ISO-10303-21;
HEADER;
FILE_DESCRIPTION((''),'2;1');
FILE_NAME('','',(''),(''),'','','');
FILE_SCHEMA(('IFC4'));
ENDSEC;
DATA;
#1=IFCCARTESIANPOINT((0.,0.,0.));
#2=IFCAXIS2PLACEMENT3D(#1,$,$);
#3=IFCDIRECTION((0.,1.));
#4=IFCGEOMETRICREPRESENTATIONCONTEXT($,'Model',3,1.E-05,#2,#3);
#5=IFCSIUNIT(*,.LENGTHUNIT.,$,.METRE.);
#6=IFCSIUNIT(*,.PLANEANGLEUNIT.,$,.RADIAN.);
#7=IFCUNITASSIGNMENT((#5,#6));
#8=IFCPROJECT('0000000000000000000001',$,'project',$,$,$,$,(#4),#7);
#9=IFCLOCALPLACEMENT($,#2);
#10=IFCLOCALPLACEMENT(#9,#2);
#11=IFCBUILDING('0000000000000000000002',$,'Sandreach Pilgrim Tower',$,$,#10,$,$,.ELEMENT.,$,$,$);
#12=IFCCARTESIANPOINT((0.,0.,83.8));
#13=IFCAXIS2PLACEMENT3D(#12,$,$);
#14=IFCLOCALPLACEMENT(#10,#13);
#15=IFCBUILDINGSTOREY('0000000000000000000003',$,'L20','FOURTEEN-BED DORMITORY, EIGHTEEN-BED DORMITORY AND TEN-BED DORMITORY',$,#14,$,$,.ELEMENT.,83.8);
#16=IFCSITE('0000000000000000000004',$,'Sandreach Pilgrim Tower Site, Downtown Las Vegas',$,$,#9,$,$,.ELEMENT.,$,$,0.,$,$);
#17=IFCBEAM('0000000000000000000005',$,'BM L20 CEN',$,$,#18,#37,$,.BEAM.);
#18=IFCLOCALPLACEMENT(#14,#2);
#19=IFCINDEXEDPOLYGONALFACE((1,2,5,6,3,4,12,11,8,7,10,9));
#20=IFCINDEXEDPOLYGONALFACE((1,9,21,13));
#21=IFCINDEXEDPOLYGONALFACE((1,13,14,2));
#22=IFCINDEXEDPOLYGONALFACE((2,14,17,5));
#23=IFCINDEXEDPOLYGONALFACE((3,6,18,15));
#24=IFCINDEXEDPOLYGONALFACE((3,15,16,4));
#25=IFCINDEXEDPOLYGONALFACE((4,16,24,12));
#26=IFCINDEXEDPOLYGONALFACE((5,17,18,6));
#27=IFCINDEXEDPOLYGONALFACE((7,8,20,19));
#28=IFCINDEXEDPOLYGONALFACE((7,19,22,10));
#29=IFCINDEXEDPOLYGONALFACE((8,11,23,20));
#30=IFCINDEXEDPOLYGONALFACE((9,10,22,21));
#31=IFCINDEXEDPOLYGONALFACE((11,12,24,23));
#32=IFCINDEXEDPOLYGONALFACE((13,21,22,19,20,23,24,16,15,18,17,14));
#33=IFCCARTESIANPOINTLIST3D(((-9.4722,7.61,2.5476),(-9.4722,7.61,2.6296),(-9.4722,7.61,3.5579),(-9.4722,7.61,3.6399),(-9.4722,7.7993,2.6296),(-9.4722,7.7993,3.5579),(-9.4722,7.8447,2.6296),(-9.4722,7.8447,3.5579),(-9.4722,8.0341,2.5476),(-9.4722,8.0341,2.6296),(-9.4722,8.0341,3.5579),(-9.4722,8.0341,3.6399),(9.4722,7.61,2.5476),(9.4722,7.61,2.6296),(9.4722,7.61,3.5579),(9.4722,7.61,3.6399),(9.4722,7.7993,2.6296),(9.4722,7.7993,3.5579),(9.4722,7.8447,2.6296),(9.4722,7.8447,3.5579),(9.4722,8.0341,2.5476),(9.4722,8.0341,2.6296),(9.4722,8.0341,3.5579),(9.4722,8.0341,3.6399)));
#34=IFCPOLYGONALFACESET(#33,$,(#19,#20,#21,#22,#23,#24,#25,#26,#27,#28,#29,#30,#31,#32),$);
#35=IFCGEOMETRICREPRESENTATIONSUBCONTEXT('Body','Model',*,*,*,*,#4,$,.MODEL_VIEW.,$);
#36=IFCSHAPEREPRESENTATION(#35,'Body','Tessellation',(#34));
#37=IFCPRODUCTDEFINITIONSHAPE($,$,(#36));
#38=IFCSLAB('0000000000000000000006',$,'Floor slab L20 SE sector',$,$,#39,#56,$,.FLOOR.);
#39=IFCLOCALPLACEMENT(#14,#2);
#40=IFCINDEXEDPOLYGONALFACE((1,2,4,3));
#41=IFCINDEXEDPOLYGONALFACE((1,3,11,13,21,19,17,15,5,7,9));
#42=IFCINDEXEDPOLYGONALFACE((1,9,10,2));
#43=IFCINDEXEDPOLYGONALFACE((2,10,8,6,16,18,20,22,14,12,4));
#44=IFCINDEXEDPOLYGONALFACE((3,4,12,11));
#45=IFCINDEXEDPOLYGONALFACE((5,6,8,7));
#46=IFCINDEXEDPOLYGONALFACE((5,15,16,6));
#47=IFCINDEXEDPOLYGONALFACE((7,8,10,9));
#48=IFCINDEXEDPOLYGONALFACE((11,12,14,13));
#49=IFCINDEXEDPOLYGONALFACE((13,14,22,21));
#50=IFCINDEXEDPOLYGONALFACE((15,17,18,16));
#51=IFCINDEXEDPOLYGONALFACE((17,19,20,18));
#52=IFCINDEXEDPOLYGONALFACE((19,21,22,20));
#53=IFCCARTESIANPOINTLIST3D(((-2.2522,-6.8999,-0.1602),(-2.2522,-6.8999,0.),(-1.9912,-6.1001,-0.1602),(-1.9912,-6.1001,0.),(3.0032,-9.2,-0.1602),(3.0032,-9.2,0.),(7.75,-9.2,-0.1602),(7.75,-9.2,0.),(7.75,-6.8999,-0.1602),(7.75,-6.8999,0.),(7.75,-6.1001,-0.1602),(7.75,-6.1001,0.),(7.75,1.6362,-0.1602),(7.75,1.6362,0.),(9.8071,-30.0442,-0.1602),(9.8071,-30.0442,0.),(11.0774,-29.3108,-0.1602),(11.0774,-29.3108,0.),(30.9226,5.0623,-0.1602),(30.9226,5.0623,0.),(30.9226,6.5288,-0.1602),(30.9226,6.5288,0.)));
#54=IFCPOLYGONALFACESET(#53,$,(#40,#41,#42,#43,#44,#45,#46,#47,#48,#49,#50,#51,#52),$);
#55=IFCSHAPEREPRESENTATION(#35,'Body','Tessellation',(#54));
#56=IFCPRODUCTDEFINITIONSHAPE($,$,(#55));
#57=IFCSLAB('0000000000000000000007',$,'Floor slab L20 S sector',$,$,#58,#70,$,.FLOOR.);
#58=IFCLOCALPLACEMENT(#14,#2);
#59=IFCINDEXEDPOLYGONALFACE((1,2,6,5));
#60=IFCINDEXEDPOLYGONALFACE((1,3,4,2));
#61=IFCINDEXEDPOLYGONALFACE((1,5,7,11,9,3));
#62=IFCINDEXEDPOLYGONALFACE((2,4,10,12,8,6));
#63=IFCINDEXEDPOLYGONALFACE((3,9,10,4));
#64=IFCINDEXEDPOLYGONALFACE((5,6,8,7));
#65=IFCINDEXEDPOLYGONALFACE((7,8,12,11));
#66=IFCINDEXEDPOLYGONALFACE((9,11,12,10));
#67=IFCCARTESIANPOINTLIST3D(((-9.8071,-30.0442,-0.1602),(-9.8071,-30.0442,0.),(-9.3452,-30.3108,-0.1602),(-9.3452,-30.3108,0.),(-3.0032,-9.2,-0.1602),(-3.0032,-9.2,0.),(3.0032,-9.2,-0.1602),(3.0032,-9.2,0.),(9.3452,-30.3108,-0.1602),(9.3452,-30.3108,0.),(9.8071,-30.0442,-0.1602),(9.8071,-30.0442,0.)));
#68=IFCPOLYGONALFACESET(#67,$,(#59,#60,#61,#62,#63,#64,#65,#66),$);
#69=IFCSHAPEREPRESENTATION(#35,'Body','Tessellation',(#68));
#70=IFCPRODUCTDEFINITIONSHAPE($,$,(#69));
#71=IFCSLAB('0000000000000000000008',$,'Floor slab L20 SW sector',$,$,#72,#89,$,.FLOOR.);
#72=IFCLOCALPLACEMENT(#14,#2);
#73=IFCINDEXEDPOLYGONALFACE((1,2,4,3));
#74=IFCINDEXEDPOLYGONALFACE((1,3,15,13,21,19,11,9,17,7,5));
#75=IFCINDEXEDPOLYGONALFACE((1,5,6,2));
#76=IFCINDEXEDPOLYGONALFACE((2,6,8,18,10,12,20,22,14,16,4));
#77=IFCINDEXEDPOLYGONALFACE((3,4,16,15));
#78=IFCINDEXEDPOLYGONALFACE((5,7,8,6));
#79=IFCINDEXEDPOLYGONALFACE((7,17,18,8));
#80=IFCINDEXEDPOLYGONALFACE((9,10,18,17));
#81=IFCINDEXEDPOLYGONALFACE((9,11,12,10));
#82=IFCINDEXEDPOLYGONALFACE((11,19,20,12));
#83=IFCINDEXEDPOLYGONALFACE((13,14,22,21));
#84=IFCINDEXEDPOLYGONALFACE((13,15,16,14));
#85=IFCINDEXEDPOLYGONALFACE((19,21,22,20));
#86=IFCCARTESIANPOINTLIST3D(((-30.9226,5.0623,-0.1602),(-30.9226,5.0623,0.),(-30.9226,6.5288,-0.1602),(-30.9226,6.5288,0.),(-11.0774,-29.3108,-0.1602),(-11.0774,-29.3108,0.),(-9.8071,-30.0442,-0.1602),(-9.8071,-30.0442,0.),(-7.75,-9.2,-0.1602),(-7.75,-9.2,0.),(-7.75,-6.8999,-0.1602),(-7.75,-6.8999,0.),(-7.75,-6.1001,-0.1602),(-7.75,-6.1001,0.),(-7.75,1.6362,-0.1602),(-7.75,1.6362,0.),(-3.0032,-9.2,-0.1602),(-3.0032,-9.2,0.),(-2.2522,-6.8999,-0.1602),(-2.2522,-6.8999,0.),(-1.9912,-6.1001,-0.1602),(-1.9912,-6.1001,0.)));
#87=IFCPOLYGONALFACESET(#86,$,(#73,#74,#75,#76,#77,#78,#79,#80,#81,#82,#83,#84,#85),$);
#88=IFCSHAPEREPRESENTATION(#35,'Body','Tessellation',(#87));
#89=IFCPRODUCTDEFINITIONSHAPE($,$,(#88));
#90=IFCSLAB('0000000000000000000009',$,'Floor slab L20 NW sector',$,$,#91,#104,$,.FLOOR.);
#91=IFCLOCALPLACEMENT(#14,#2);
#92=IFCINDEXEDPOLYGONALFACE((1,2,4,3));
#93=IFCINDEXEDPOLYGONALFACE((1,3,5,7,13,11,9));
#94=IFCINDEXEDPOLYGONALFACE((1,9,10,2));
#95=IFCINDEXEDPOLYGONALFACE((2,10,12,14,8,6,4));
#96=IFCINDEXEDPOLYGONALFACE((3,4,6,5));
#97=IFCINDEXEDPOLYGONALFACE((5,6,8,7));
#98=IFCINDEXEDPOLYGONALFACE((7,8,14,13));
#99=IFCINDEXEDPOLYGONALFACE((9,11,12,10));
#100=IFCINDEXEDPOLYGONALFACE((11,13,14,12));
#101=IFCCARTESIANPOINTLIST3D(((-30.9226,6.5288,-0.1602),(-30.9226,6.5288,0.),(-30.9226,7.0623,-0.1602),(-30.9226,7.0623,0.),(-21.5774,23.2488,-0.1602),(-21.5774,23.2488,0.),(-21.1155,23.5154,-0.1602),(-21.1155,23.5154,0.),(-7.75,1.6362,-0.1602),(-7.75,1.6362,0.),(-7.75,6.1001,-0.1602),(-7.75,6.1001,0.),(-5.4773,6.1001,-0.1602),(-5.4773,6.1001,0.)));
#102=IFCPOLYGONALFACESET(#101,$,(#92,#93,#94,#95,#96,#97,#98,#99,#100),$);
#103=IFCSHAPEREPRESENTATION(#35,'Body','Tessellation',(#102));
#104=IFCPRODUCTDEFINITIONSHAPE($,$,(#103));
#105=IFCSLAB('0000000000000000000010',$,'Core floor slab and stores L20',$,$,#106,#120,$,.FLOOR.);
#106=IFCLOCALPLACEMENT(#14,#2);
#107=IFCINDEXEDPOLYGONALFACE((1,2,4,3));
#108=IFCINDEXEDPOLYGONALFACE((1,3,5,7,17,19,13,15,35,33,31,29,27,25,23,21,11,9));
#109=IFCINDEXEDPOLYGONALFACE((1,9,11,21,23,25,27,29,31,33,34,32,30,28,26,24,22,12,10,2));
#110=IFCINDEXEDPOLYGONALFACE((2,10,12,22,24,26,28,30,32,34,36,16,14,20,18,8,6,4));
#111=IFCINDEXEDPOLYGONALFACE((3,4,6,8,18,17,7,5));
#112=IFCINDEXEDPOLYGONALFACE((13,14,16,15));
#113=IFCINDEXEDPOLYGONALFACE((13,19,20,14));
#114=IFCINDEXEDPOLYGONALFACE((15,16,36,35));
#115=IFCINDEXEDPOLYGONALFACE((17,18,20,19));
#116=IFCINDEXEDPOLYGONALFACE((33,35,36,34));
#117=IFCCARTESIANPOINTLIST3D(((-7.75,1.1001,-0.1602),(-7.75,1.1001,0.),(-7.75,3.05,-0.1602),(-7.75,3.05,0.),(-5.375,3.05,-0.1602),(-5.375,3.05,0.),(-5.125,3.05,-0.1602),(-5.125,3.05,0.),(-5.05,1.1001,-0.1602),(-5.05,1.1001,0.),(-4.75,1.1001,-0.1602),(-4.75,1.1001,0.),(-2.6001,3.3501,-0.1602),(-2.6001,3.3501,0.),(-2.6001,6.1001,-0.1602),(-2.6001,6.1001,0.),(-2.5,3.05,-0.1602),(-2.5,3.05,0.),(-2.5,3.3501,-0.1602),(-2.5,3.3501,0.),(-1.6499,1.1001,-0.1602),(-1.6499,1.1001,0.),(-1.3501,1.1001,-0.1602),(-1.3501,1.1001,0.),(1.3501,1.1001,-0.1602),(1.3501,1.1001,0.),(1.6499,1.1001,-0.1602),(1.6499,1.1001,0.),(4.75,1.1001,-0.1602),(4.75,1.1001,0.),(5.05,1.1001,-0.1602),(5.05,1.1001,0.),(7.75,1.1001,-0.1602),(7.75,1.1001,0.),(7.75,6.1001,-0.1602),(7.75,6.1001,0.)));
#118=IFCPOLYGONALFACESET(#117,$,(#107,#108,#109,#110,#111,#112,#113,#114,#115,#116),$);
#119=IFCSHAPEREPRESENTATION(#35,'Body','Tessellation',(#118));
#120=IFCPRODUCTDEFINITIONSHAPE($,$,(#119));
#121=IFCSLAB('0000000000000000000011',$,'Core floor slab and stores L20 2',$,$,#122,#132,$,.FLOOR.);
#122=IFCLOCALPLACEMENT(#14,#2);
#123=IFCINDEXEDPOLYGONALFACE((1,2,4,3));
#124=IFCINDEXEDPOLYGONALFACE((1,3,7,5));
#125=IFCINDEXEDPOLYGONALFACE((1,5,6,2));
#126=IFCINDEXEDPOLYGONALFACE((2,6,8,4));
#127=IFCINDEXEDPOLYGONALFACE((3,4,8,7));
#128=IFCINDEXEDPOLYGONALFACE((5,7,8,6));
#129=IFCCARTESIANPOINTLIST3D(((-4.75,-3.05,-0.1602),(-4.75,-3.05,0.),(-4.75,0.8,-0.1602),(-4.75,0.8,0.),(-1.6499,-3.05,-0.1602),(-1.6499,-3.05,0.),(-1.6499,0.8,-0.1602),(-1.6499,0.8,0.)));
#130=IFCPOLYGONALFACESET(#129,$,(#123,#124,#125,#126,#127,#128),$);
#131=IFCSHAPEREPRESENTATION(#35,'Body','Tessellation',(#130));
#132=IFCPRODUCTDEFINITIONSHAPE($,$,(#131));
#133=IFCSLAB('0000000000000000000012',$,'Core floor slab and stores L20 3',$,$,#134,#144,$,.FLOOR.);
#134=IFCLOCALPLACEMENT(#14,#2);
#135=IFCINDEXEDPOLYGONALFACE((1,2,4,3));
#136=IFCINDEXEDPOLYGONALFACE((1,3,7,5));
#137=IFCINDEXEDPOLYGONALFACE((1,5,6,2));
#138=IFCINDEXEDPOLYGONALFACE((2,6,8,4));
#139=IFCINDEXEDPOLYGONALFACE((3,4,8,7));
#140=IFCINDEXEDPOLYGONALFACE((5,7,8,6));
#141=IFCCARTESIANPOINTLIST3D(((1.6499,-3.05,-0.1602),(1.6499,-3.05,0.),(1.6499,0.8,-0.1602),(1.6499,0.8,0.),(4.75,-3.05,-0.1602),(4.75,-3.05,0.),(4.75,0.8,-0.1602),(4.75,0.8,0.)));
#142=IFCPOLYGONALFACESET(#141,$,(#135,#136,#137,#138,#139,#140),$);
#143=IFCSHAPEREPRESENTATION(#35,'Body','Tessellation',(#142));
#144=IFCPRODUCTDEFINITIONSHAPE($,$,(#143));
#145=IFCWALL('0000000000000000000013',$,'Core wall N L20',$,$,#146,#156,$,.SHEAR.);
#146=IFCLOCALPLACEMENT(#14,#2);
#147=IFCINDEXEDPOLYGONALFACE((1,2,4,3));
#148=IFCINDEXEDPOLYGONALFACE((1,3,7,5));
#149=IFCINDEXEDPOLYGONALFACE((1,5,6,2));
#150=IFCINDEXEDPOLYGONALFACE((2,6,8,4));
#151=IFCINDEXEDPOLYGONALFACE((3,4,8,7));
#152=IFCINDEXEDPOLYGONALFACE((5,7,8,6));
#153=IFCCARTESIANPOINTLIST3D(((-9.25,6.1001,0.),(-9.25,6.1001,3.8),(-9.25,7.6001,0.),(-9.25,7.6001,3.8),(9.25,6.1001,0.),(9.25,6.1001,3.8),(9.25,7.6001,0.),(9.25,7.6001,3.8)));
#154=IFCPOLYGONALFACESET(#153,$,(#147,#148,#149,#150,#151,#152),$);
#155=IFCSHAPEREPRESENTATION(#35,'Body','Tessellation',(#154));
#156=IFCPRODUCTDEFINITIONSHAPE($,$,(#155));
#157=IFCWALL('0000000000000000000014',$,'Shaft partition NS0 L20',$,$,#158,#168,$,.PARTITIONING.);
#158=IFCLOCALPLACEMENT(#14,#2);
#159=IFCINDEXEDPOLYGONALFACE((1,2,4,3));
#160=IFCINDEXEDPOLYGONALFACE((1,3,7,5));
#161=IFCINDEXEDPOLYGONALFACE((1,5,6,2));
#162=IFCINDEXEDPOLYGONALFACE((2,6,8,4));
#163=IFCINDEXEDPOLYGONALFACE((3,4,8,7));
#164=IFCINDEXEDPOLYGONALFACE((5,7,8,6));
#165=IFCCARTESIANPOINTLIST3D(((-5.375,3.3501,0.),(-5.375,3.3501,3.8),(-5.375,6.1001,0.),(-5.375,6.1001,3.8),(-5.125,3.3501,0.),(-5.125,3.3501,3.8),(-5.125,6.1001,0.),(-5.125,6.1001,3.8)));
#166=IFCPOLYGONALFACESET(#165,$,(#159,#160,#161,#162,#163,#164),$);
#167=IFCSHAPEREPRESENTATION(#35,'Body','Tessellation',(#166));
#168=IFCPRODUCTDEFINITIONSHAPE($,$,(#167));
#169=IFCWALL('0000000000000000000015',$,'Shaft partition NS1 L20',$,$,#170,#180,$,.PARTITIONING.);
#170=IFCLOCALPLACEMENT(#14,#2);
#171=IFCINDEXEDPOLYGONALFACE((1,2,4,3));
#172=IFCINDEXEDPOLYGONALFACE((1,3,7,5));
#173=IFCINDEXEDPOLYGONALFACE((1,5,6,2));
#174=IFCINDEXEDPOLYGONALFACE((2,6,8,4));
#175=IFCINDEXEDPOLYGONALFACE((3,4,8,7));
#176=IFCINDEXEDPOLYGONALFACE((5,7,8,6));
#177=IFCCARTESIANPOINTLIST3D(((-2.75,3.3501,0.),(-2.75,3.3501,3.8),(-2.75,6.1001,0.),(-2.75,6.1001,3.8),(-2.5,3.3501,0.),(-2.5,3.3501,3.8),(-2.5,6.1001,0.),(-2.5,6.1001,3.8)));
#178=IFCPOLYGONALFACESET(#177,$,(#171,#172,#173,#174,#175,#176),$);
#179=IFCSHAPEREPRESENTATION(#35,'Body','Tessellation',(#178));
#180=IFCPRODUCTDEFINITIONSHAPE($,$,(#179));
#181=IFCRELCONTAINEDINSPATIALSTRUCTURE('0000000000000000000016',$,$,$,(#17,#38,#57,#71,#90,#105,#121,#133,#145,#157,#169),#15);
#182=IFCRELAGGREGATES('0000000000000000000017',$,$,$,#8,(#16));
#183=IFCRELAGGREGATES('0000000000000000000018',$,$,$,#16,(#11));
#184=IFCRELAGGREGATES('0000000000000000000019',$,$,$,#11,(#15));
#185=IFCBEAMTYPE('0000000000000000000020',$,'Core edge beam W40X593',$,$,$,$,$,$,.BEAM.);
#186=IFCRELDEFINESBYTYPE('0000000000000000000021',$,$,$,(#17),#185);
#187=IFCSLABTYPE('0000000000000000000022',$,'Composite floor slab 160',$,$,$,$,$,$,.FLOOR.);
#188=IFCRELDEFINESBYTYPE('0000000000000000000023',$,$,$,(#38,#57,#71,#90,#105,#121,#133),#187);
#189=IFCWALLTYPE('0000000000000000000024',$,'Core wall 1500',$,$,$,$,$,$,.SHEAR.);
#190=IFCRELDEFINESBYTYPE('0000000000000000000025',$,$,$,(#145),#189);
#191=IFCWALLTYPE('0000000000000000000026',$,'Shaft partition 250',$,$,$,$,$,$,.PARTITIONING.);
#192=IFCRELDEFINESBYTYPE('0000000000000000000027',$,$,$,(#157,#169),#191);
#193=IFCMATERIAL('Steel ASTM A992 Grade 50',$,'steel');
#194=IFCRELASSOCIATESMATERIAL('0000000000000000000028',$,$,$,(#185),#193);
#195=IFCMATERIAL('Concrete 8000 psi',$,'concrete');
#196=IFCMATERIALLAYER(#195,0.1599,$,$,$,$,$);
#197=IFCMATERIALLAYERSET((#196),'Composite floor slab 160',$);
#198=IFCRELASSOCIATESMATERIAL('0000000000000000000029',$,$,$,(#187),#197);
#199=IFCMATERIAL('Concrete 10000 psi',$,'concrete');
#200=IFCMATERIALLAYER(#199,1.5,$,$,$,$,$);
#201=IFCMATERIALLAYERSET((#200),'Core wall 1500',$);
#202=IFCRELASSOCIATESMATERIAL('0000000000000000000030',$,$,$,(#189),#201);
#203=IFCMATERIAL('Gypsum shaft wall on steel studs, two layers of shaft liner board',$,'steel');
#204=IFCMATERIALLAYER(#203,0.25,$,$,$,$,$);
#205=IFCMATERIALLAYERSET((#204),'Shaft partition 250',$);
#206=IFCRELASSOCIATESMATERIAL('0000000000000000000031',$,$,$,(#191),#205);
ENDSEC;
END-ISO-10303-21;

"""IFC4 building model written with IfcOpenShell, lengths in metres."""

from ifc_helpers import new_model, si_unit, direction, frame, frame_2d, origin, origin_2d, place, context, subcontext, project, spatial, polyline, rectangle, i_section, outline, extrude, material, layer, layer_set, material_profile, profile_set, type_object, element, save


model = new_model("IFC4")

# Units and contexts
model_context = context("Model", 3, precision=1e-05, world=origin(), true_north=direction((0.0, 1.0)))
body_context = subcontext(model_context, "Body", "Model", "MODEL_VIEW")
ifc_project = project(units=[si_unit("LENGTHUNIT", "METRE"), si_unit("PLANEANGLEUNIT", "RADIAN")], contexts=[model_context])

# Site, building, storey
site_placement = place(None, origin())
site = spatial("IfcSite", under=ifc_project, at=site_placement, Name="Sandreach Pilgrim Tower Site, Downtown Las Vegas", CompositionType="ELEMENT", RefElevation=0.0)
building_placement = place(site_placement, origin())
building = spatial("IfcBuilding", under=site, at=building_placement, Name="Sandreach Pilgrim Tower", CompositionType="ELEMENT")
storey_placement = place(building_placement, frame((0.0, 0.0, 83.8)))
storey = spatial("IfcBuildingStorey", under=building, at=storey_placement, Name="L20", Description="FOURTEEN-BED DORMITORY, EIGHTEEN-BED DORMITORY AND TEN-BED DORMITORY", CompositionType="ELEMENT", Elevation=83.8)

# Beam
ifc_material_1 = material(Name="Steel ASTM A992 Grade 50", Category="steel")
ifc_material_profile = material_profile(ifc_material_1, i_section(OverallWidth=0.4241, OverallDepth=1.0923, WebThickness=0.0454, FlangeThickness=0.082, at=origin_2d()), Name="W40X593")
ifc_profile_set = profile_set([ifc_material_profile], Name="Steel ASTM A992 Grade 50")
beam_type = type_object("IfcBeamType", Name="Core edge beam W40X593", PredefinedType="BEAM", material=ifc_profile_set)
beam_placement = place(storey_placement, frame((-9.4722, 7.822, 3.0938), z_axis=(1.0, 0.0, 0.0), x_axis=(0.0, 1.0, 0.0)))
element("IfcBeam", 1, at=beam_placement, inside=storey, type_object=beam_type, Name="BM L20 CEN", PredefinedType="BEAM", context=body_context, shape_type="SweptSolid", body=[
    extrude(i_section(OverallWidth=0.4241, OverallDepth=1.0923, WebThickness=0.0454, FlangeThickness=0.082, at=origin_2d()), origin(), (0.0, 0.0, 1.0), 18.9443),
])

# Slabs
ifc_material_2 = material(Name="Concrete 8000 psi", Category="concrete")
ifc_layer_1 = layer(ifc_material_2, 0.1599)
ifc_layer_set_1 = layer_set([ifc_layer_1], Name="Composite floor slab 160")
slab_type = type_object("IfcSlabType", Name="Composite floor slab 160", PredefinedType="FLOOR", material=ifc_layer_set_1)
slab_1_placement = place(storey_placement, frame((0.0, 0.0, -0.1602)))
element("IfcSlab", 2, at=slab_1_placement, inside=storey, type_object=slab_type, Name="Floor slab L20 SE sector", PredefinedType="FLOOR", context=body_context, shape_type="SweptSolid", body=[
    extrude(outline(polyline([(11.0774, -29.3108), (9.8071, -30.0442), (3.0032, -9.2), (7.75, -9.2), (7.75, -6.8999), (-2.2522, -6.8999), (-1.9912, -6.1001), (7.75, -6.1001), (7.75, 1.6362), (30.9226, 6.5288), (30.9226, 5.0623), (11.0774, -29.3108)])), origin(), (0.0, 0.0, 1.0), 0.1602),
])
slab_2_placement = place(storey_placement, frame((0.0, 0.0, -0.1602)))
element("IfcSlab", 3, at=slab_2_placement, inside=storey, type_object=slab_type, Name="Floor slab L20 S sector", PredefinedType="FLOOR", context=body_context, shape_type="SweptSolid", body=[
    extrude(outline(polyline([(9.3452, -30.3108), (-9.3452, -30.3108), (-9.8071, -30.0442), (-3.0032, -9.2), (3.0032, -9.2), (9.8071, -30.0442), (9.3452, -30.3108)])), origin(), (0.0, 0.0, 1.0), 0.1602),
])
slab_3_placement = place(storey_placement, frame((0.0, 0.0, -0.1602)))
element("IfcSlab", 4, at=slab_3_placement, inside=storey, type_object=slab_type, Name="Floor slab L20 SW sector", PredefinedType="FLOOR", context=body_context, shape_type="SweptSolid", body=[
    extrude(outline(polyline([(-11.0774, -29.3108), (-30.9226, 5.0623), (-30.9226, 6.5288), (-7.75, 1.6362), (-7.75, -6.1001), (-1.9912, -6.1001), (-2.2522, -6.8999), (-7.75, -6.8999), (-7.75, -9.2), (-3.0032, -9.2), (-9.8071, -30.0442), (-11.0774, -29.3108)])), origin(), (0.0, 0.0, 1.0), 0.1602),
])
slab_4_placement = place(storey_placement, frame((0.0, 0.0, -0.1602)))
element("IfcSlab", 5, at=slab_4_placement, inside=storey, type_object=slab_type, Name="Floor slab L20 NW sector", PredefinedType="FLOOR", context=body_context, shape_type="SweptSolid", body=[
    extrude(outline(polyline([(-30.9226, 7.0623), (-21.5774, 23.2488), (-21.1155, 23.5154), (-5.4773, 6.1001), (-7.75, 6.1001), (-7.75, 1.6362), (-30.9226, 6.5288), (-30.9226, 7.0623)])), origin(), (0.0, 0.0, 1.0), 0.1602),
])
slab_5_placement = place(storey_placement, frame((0.0, 0.0, -0.1602)))
element("IfcSlab", 6, at=slab_5_placement, inside=storey, type_object=slab_type, Name="Core floor slab and stores L20", PredefinedType="FLOOR", context=body_context, shape_type="SweptSolid", body=[
    extrude(outline(polyline([(-7.75, 3.05), (-5.375, 3.05), (-5.125, 3.05), (-2.5, 3.05), (-2.5, 3.3501), (-2.6001, 3.3501), (-2.6001, 6.1001), (7.75, 6.1001), (7.75, 1.1001), (5.05, 1.1001), (4.75, 1.1001), (1.6499, 1.1001), (1.3501, 1.1001), (-1.3501, 1.1001), (-1.6499, 1.1001), (-4.75, 1.1001), (-5.05, 1.1001), (-7.75, 1.1001), (-7.75, 3.05)])), origin(), (0.0, 0.0, 1.0), 0.1602),
])
slab_6_placement = place(storey_placement, frame((0.0, 0.0, -0.1602)))
element("IfcSlab", 7, at=slab_6_placement, inside=storey, type_object=slab_type, Name="Core floor slab and stores L20 2", PredefinedType="FLOOR", context=body_context, shape_type="SweptSolid", body=[
    extrude(outline(polyline([(-1.6499, -3.05), (-4.75, -3.05), (-4.75, 0.8), (-1.6499, 0.8), (-1.6499, -3.05)])), origin(), (0.0, 0.0, 1.0), 0.1602),
])
slab_7_placement = place(storey_placement, frame((0.0, 0.0, -0.1602)))
element("IfcSlab", 8, at=slab_7_placement, inside=storey, type_object=slab_type, Name="Core floor slab and stores L20 3", PredefinedType="FLOOR", context=body_context, shape_type="SweptSolid", body=[
    extrude(outline(polyline([(4.75, -3.05), (1.6499, -3.05), (1.6499, 0.8), (4.75, 0.8), (4.75, -3.05)])), origin(), (0.0, 0.0, 1.0), 0.1602),
])

# Wall
ifc_material_3 = material(Name="Concrete 10000 psi", Category="concrete")
ifc_layer_2 = layer(ifc_material_3, 1.5)
ifc_layer_set_2 = layer_set([ifc_layer_2], Name="Core wall 1500")
wall_type_1 = type_object("IfcWallType", Name="Core wall 1500", PredefinedType="SHEAR", material=ifc_layer_set_2)
wall_1_placement = place(storey_placement, frame((-9.25, 6.8501, 0.0), z_axis=(0.0, 0.0, 1.0), x_axis=(1.0, 0.0, 0.0)))
element("IfcWall", 9, at=wall_1_placement, inside=storey, type_object=wall_type_1, Name="Core wall N L20", PredefinedType="SHEAR", context=body_context, shape_type="SweptSolid", body=[
    extrude(rectangle(XDim=18.5, YDim=1.5, at=frame_2d((9.25, 0.0))), origin(), (0.0, 0.0, 1.0), 3.8),
])

# Walls
ifc_material_4 = material(Name="Gypsum shaft wall on steel studs, two layers of shaft liner board", Category="steel")
ifc_layer_3 = layer(ifc_material_4, 0.25)
ifc_layer_set_3 = layer_set([ifc_layer_3], Name="Shaft partition 250")
wall_type_2 = type_object("IfcWallType", Name="Shaft partition 250", PredefinedType="PARTITIONING", material=ifc_layer_set_3)
for number, where, z_axis, x_axis, name in (
    (10, (-5.25, 3.3501, 0.0), (0.0, 0.0, 1.0), (0.0, 1.0, 0.0), "Shaft partition NS0 L20"),
    (11, (-2.625, 3.3501, 0.0), (0.0, 0.0, 1.0), (0.0, 1.0, 0.0), "Shaft partition NS1 L20"),
):
    element("IfcWall", number, at=place(storey_placement, frame(where, z_axis=z_axis, x_axis=x_axis)), inside=storey, type_object=wall_type_2, Name=name, PredefinedType="PARTITIONING", context=body_context, shape_type="SweptSolid", body=[
        extrude(rectangle(XDim=2.75, YDim=0.25, at=frame_2d((1.375, 0.0))), origin(), (0.0, 0.0, 1.0), 3.8),
    ])

save(model, "model.ifc")
